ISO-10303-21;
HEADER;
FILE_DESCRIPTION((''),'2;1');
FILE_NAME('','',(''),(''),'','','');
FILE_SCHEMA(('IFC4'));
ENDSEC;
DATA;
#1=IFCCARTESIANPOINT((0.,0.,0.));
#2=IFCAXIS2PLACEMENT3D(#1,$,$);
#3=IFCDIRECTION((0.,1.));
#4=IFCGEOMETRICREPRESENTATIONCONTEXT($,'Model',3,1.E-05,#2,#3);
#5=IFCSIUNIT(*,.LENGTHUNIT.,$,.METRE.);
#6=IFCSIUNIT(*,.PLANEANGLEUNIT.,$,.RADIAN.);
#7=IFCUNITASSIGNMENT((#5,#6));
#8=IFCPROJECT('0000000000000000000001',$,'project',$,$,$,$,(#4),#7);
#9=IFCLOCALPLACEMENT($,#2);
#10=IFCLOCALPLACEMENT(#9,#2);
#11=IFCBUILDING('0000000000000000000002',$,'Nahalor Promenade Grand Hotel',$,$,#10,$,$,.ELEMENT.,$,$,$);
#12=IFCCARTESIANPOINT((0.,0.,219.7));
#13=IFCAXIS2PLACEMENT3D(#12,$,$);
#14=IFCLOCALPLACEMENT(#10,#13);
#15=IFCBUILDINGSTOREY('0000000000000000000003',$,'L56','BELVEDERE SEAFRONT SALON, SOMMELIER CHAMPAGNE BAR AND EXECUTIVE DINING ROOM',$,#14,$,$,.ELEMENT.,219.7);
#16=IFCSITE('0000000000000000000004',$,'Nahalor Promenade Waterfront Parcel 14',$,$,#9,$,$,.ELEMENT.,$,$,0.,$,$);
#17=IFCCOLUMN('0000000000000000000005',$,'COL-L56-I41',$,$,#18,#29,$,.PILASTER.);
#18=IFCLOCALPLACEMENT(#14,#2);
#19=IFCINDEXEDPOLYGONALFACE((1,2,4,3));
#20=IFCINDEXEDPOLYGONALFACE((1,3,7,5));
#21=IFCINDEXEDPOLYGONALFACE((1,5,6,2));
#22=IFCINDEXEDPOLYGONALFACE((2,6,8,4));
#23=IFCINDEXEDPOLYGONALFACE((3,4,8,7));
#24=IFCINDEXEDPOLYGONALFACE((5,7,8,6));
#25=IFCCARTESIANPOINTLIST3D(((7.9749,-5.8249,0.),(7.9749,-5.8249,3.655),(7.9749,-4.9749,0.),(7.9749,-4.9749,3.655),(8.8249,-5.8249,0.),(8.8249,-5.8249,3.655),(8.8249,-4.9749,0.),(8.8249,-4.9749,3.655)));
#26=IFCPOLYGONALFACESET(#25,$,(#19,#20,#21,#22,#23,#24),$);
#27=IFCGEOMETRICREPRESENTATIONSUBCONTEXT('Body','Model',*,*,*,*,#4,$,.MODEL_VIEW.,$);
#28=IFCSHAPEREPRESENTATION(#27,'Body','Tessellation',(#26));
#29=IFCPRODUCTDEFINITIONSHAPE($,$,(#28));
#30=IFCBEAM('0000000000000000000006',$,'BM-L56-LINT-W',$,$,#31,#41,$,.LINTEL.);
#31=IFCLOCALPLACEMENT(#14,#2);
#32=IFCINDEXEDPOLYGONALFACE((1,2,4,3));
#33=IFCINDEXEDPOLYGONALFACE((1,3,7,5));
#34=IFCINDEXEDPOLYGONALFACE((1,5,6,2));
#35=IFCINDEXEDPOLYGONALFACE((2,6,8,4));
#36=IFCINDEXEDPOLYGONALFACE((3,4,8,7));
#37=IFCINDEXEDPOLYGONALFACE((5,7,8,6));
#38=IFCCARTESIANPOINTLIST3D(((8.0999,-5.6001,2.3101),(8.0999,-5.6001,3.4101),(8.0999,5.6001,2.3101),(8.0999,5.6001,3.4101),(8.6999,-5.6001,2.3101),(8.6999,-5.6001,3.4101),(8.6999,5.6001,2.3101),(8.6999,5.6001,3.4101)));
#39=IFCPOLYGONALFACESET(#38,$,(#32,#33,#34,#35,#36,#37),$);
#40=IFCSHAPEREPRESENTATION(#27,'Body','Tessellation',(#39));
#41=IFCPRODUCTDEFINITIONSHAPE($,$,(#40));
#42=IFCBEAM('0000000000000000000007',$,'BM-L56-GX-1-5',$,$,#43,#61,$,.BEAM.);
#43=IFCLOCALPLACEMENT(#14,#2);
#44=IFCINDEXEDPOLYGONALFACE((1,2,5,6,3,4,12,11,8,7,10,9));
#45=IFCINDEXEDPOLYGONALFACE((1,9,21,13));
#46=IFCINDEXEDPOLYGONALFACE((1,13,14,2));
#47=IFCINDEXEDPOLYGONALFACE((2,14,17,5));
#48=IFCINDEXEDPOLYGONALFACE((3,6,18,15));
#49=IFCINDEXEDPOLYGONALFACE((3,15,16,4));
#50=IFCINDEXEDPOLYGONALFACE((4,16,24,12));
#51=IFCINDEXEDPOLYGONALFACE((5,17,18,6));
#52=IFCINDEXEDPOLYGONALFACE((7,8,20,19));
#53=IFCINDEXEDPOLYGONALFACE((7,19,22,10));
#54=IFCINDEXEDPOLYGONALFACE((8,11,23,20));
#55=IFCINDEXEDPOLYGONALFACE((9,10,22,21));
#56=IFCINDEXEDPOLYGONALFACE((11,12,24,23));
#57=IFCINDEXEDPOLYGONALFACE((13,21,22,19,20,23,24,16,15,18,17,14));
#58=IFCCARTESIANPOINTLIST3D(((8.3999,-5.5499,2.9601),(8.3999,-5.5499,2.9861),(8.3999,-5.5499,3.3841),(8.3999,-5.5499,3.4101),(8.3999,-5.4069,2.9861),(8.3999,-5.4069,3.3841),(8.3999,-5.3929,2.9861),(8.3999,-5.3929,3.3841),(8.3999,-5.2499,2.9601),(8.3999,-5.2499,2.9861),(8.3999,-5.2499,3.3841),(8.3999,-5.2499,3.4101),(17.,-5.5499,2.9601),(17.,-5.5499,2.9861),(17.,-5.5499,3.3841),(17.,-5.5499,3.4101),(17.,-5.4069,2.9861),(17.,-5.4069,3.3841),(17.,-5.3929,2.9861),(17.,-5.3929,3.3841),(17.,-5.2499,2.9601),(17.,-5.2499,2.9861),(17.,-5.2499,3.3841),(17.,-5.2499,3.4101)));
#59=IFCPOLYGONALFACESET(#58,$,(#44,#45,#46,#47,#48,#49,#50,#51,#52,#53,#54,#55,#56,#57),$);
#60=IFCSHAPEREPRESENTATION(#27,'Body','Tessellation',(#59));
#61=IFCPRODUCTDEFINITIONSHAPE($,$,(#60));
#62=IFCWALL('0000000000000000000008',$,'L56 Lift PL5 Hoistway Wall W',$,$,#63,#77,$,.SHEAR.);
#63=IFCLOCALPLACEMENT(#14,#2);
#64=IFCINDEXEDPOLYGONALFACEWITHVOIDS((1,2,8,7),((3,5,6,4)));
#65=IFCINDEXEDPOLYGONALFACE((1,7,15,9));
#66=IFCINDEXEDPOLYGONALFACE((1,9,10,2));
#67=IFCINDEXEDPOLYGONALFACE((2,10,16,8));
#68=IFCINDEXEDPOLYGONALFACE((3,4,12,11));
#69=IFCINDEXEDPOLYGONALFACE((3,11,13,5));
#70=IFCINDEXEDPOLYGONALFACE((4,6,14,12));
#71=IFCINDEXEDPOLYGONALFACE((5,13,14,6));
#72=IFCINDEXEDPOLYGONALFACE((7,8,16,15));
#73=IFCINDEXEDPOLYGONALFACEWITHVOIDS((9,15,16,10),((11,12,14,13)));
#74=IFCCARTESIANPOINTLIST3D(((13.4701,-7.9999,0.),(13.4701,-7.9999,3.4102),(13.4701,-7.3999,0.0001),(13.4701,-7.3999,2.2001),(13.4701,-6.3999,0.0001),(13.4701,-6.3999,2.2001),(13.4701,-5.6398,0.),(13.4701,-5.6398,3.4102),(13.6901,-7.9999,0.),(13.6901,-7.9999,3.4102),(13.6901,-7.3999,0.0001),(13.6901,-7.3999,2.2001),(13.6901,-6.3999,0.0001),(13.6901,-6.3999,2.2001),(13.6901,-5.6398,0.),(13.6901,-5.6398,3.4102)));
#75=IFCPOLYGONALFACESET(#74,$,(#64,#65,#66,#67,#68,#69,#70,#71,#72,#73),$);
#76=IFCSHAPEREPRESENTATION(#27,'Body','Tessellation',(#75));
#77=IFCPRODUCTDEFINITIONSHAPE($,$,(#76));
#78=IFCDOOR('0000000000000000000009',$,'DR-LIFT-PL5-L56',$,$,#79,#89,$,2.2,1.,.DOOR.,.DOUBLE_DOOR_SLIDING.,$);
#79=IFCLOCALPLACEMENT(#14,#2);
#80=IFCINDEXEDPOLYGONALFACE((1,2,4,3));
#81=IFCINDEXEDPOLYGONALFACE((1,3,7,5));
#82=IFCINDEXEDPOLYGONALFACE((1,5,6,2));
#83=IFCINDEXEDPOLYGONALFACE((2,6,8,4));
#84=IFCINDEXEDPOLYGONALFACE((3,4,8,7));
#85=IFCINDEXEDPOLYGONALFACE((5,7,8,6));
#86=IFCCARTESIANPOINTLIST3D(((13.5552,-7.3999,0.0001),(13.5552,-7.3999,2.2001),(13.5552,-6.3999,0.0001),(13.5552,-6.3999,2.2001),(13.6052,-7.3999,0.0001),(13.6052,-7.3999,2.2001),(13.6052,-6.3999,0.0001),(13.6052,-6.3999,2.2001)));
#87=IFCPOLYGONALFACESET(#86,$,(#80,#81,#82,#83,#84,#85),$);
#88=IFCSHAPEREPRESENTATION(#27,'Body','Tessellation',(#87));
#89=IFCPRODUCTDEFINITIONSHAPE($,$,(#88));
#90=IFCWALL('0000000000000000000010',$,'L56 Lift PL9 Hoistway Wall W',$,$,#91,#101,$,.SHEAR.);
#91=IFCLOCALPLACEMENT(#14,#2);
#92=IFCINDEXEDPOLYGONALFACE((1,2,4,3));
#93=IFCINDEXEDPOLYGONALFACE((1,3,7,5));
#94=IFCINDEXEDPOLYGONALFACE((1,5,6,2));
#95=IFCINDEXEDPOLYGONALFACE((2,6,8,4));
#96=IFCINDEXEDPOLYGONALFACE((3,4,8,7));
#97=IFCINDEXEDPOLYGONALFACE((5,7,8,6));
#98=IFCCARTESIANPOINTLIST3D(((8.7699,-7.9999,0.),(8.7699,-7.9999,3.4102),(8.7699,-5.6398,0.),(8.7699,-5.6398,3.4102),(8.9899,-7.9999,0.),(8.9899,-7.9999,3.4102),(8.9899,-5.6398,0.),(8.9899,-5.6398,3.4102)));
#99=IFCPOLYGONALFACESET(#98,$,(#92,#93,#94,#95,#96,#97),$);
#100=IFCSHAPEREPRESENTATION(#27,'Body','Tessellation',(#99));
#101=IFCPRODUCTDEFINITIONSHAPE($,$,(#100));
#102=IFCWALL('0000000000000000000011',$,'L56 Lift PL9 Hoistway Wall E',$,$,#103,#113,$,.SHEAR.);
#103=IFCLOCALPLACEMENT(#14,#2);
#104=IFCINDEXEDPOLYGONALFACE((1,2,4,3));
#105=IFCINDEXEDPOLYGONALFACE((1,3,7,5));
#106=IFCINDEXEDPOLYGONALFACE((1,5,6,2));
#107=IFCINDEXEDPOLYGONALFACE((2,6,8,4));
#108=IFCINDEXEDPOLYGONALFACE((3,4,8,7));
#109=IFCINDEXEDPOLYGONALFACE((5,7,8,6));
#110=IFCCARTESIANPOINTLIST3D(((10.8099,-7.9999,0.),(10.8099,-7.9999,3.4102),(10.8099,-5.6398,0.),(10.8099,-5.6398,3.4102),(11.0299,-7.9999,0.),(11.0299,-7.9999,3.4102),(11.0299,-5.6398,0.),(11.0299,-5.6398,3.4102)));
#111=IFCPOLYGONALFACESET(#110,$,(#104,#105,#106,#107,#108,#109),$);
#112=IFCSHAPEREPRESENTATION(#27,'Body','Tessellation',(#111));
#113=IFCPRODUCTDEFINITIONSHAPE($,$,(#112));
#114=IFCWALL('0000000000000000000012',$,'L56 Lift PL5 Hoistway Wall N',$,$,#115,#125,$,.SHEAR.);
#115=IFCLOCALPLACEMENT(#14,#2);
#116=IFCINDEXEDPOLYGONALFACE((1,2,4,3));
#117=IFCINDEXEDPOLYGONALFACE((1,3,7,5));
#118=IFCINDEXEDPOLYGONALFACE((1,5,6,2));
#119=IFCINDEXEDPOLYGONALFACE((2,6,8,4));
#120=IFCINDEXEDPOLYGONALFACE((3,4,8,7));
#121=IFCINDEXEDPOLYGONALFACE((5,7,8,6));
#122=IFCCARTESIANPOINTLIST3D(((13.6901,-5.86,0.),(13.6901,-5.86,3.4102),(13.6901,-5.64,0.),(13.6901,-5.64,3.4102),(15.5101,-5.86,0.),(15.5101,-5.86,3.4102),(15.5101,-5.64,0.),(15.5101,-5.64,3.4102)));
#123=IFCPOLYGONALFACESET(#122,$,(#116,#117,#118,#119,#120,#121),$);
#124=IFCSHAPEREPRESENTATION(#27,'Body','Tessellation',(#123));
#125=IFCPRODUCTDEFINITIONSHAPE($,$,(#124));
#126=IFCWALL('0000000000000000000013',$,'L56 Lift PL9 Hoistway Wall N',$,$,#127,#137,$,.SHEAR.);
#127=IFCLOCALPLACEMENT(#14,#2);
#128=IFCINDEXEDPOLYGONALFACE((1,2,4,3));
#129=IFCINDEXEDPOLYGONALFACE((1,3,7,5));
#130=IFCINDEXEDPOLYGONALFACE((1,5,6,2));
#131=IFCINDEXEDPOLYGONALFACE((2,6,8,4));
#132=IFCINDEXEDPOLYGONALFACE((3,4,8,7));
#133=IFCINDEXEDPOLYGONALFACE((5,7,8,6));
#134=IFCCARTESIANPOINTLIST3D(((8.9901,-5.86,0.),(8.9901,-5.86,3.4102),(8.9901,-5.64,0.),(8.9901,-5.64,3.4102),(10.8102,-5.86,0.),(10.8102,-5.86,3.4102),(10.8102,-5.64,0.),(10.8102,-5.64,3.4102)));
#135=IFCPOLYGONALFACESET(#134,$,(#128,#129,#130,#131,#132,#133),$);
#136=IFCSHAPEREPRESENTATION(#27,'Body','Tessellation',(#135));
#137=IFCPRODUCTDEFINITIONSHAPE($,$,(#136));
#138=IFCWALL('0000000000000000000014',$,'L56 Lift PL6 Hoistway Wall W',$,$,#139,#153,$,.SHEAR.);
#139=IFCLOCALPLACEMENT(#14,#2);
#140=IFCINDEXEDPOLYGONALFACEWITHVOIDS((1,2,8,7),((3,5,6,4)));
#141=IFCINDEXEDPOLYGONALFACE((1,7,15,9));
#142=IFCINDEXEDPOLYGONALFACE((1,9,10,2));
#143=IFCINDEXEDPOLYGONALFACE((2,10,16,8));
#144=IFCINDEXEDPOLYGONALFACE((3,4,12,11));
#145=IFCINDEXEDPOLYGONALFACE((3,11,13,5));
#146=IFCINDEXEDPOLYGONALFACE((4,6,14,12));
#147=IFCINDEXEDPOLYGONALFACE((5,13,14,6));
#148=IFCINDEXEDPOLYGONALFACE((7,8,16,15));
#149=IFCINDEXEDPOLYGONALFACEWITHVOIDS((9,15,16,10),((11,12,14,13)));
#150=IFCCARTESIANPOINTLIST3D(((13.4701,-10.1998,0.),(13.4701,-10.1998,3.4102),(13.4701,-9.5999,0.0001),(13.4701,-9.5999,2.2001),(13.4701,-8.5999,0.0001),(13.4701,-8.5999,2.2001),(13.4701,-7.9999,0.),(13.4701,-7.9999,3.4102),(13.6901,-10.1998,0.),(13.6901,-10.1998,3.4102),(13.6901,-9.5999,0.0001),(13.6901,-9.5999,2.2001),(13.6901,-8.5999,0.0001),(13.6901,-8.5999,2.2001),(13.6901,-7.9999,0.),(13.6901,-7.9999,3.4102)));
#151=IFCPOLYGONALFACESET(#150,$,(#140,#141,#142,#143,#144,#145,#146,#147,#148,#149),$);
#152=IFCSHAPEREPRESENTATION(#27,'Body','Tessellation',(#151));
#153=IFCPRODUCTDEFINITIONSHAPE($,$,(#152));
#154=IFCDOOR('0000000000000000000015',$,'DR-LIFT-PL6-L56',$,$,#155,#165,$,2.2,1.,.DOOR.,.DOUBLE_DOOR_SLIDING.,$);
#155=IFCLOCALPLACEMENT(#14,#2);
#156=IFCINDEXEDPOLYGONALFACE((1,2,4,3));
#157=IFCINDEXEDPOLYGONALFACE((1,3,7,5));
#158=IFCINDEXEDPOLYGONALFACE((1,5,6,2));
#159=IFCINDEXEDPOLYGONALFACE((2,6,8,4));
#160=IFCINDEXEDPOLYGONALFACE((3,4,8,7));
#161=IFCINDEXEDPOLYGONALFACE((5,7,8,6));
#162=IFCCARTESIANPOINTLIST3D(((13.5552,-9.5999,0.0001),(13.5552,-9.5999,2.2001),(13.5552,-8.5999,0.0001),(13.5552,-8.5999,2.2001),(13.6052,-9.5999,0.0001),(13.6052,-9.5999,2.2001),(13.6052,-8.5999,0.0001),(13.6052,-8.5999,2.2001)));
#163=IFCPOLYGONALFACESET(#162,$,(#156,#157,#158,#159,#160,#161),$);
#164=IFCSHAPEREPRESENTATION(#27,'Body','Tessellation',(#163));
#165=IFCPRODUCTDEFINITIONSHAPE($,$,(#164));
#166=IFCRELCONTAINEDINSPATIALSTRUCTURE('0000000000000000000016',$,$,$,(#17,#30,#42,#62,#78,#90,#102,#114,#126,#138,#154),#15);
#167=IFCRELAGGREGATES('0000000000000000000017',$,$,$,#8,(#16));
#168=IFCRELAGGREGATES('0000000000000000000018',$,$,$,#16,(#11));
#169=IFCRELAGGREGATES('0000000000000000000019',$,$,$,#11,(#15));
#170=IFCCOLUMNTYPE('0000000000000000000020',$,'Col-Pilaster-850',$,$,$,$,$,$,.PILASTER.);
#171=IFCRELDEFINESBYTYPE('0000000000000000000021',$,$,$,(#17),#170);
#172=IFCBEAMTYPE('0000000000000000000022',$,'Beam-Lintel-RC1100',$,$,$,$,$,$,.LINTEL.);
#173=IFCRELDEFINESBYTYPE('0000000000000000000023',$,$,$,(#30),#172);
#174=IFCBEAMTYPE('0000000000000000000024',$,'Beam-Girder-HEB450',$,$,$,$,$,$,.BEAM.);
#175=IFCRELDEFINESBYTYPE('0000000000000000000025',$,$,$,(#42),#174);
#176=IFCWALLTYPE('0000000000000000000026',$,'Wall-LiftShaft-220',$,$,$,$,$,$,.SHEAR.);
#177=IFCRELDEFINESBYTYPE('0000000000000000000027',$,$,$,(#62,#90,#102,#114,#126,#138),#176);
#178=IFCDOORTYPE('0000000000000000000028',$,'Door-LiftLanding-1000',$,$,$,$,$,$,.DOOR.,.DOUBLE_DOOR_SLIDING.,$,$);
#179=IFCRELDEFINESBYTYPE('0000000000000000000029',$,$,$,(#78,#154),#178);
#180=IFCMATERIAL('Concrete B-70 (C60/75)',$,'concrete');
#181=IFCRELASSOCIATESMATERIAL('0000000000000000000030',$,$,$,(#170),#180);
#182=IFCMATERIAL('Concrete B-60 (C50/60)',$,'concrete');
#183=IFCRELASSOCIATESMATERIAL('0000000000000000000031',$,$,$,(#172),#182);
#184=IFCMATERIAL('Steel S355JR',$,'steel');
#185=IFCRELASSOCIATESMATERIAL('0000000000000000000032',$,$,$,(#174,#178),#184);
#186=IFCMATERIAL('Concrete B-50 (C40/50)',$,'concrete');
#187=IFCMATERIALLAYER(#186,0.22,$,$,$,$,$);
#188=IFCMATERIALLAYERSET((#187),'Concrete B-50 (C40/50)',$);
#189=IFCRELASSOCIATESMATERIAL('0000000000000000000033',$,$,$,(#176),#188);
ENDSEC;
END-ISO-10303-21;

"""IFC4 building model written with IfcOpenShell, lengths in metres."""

from ifc_helpers import new_model, si_unit, direction, frame, frame_2d, origin, origin_2d, place, context, subcontext, project, spatial, rectangle, i_section, extrude, source, transform, mapped, material, layer, layer_set, material_profile, profile_set, type_object, element, fill, save


model = new_model("IFC4")

# Units and contexts
model_context = context("Model", 3, precision=1e-05, world=origin(), true_north=direction((0.0, 1.0)))
body_context = subcontext(model_context, "Body", "Model", "MODEL_VIEW")
ifc_project = project(units=[si_unit("LENGTHUNIT", "METRE"), si_unit("PLANEANGLEUNIT", "RADIAN")], contexts=[model_context])

# Site, building, storey
site_placement = place(None, origin())
site = spatial("IfcSite", under=ifc_project, at=site_placement, Name="Nahalor Promenade Waterfront Parcel 14", CompositionType="ELEMENT", RefElevation=0.0)
building_placement = place(site_placement, origin())
building = spatial("IfcBuilding", under=site, at=building_placement, Name="Nahalor Promenade Grand Hotel", CompositionType="ELEMENT")
storey_placement = place(building_placement, frame((0.0, 0.0, 219.7)))
storey = spatial("IfcBuildingStorey", under=building, at=storey_placement, Name="L56", Description="BELVEDERE SEAFRONT SALON, SOMMELIER CHAMPAGNE BAR AND EXECUTIVE DINING ROOM", CompositionType="ELEMENT", Elevation=219.7)

# Column
ifc_material_1 = material(Name="Concrete B-70 (C60/75)", Category="concrete")
ifc_material_profile_1 = material_profile(ifc_material_1, rectangle(XDim=0.85, YDim=0.85, at=origin_2d()), Name="RC 850x850")
ifc_profile_set_1 = profile_set([ifc_material_profile_1], Name="Concrete B-70 (C60/75)")
column_type = type_object("IfcColumnType", Name="Col-Pilaster-850", PredefinedType="PILASTER", material=ifc_profile_set_1)
shared_shape_1 = source(origin(), body_context, "Body", "SweptSolid", [
    extrude(rectangle(XDim=0.85, YDim=0.85, at=origin_2d()), origin(), (0.0, 0.0, 1.0), 3.655),
])
column_placement = place(storey_placement, frame((8.3999, -5.3999, 0.0), z_axis=(0.0, 0.0, 1.0), x_axis=(1.0, 0.0, 0.0)))
element("IfcColumn", 1, at=column_placement, inside=storey, type_object=column_type, Name="COL-L56-I41", PredefinedType="PILASTER", context=body_context, shape_type="MappedRepresentation", body=[
    mapped(shared_shape_1, transform((0.0, 0.0, 0.0), scale=1.0)),
])

# Beams
ifc_material_2 = material(Name="Concrete B-60 (C50/60)", Category="concrete")
ifc_material_profile_2 = material_profile(ifc_material_2, rectangle(XDim=0.6, YDim=1.1, at=origin_2d()), Name="RC 600x1100")
ifc_profile_set_2 = profile_set([ifc_material_profile_2], Name="Concrete B-60 (C50/60)")
beam_type_1 = type_object("IfcBeamType", Name="Beam-Lintel-RC1100", PredefinedType="LINTEL", material=ifc_profile_set_2)
shared_shape_2 = source(origin(), body_context, "Body", "SweptSolid", [
    extrude(rectangle(XDim=0.6, YDim=1.1, at=origin_2d()), origin(), (0.0, 0.0, 1.0), 11.2002),
])
beam_1_placement = place(storey_placement, frame((8.3999, -5.6001, 2.8601), z_axis=(0.0, 1.0, 0.0), x_axis=(-1.0, 0.0, 0.0)))
element("IfcBeam", 2, at=beam_1_placement, inside=storey, type_object=beam_type_1, Name="BM-L56-LINT-W", PredefinedType="LINTEL", context=body_context, shape_type="MappedRepresentation", body=[
    mapped(shared_shape_2, transform((0.0, 0.0, 0.0), scale=1.0)),
])
ifc_material_3 = material(Name="Steel S355JR", Category="steel")
ifc_material_profile_3 = material_profile(ifc_material_3, i_section(OverallWidth=0.3, OverallDepth=0.45, WebThickness=0.014, FlangeThickness=0.026, at=origin_2d()), Name="HEB 450")
ifc_profile_set_3 = profile_set([ifc_material_profile_3], Name="Steel S355JR")
beam_type_2 = type_object("IfcBeamType", Name="Beam-Girder-HEB450", PredefinedType="BEAM", material=ifc_profile_set_3)
shared_shape_3 = source(origin(), body_context, "Body", "SweptSolid", [
    extrude(i_section(OverallWidth=0.3, OverallDepth=0.45, WebThickness=0.014, FlangeThickness=0.026, at=origin_2d()), origin(), (0.0, 0.0, 1.0), 8.6001),
])
beam_2_placement = place(storey_placement, frame((8.3999, -5.3999, 3.1851), z_axis=(1.0, 0.0, 0.0), x_axis=(0.0, 1.0, 0.0)))
element("IfcBeam", 3, at=beam_2_placement, inside=storey, type_object=beam_type_2, Name="BM-L56-GX-1-5", PredefinedType="BEAM", context=body_context, shape_type="MappedRepresentation", body=[
    mapped(shared_shape_3, transform((0.0, 0.0, 0.0), scale=1.0)),
])

# Wall, opening, door
ifc_material_4 = material(Name="Concrete B-50 (C40/50)", Category="concrete")
ifc_layer_1 = layer(ifc_material_4, 0.22)
ifc_layer_set_1 = layer_set([ifc_layer_1], Name="Concrete B-50 (C40/50)")
wall_type_1 = type_object("IfcWallType", Name="Wall-LiftShaft-220", PredefinedType="SHEAR", material=ifc_layer_set_1)
shared_shape_4 = source(origin(), body_context, "Body", "SweptSolid", [
    extrude(rectangle(XDim=2.3601, YDim=0.22, at=frame_2d((1.1802, 0.0))), origin(), (0.0, 0.0, 1.0), 3.4102),
])
wall_1_placement = place(storey_placement, frame((13.5801, -8.0, 0.0), z_axis=(0.0, 0.0, 1.0), x_axis=(0.0, 1.0, 0.0)))
wall_1 = element("IfcWall", 4, at=wall_1_placement, inside=storey, type_object=wall_type_1, Name="L56 Lift PL5 Hoistway Wall W", PredefinedType="SHEAR", context=body_context, shape_type="MappedRepresentation", body=[
    mapped(shared_shape_4, transform((0.0, 0.0, 0.0), scale=1.0)),
])
opening_1_placement = place(wall_1_placement, frame((0.6001, 0.0, 0.0)))
opening_1 = element("IfcOpeningElement", 5, at=opening_1_placement, cuts=wall_1, PredefinedType="OPENING", context=body_context, shape_type="SweptSolid", body=[
    extrude(rectangle(XDim=1.0, YDim=2.2, at=frame_2d((0.5, 1.1001))), frame((0.0, 0.1199, 0.0), z_axis=(0.0, -1.0, 0.0), x_axis=(1.0, 0.0, 0.0)), (0.0, 0.0, 1.0), 0.24),
])
door_type = type_object("IfcDoorType", Name="Door-LiftLanding-1000", OperationType="DOUBLE_DOOR_SLIDING", PredefinedType="DOOR", material=ifc_material_3)
shared_shape_5 = source(origin(), body_context, "Body", "SweptSolid", [
    extrude(rectangle(XDim=1.0, YDim=2.2, at=frame_2d((0.5, 1.1001))), frame((0.0, 0.0249, 0.0), z_axis=(0.0, -1.0, 0.0), x_axis=(1.0, 0.0, 0.0)), (0.0, 0.0, 1.0), 0.05),
])
door_1_placement = place(opening_1_placement, origin())
door_1 = element("IfcDoor", 6, at=door_1_placement, inside=storey, type_object=door_type, Name="DR-LIFT-PL5-L56", OperationType="DOUBLE_DOOR_SLIDING", OverallHeight=2.2, OverallWidth=1.0, PredefinedType="DOOR", context=body_context, shape_type="MappedRepresentation", body=[
    mapped(shared_shape_5, transform((0.0, 0.0, 0.0), scale=1.0)),
])
fill(opening_1, door_1)

# Walls
for number, where, z_axis, x_axis, name in (
    (7, (8.8799, -8.0, 0.0), (0.0, 0.0, 1.0), (0.0, 1.0, 0.0), "L56 Lift PL9 Hoistway Wall W"),
    (8, (10.9199, -8.0, 0.0), (0.0, 0.0, 1.0), (0.0, 1.0, 0.0), "L56 Lift PL9 Hoistway Wall E"),
):
    element("IfcWall", number, at=place(storey_placement, frame(where, z_axis=z_axis, x_axis=x_axis)), inside=storey, type_object=wall_type_1, Name=name, PredefinedType="SHEAR", context=body_context, shape_type="MappedRepresentation", body=[
        mapped(shared_shape_4, transform((0.0, 0.0, 0.0), scale=1.0)),
    ])
shared_shape_6 = source(origin(), body_context, "Body", "SweptSolid", [
    extrude(rectangle(XDim=1.8201, YDim=0.22, at=frame_2d((0.9102, 0.0))), origin(), (0.0, 0.0, 1.0), 3.4102),
])
for number, where, z_axis, x_axis, name in (
    (9, (13.6899, -5.75, 0.0), (0.0, 0.0, 1.0), (1.0, 0.0, 0.0), "L56 Lift PL5 Hoistway Wall N"),
    (10, (8.99, -5.75, 0.0), (0.0, 0.0, 1.0), (1.0, 0.0, 0.0), "L56 Lift PL9 Hoistway Wall N"),
):
    element("IfcWall", number, at=place(storey_placement, frame(where, z_axis=z_axis, x_axis=x_axis)), inside=storey, type_object=wall_type_1, Name=name, PredefinedType="SHEAR", context=body_context, shape_type="MappedRepresentation", body=[
        mapped(shared_shape_6, transform((0.0, 0.0, 0.0), scale=1.0)),
    ])

# Wall, opening, door
shared_shape_7 = source(origin(), body_context, "Body", "SweptSolid", [
    extrude(rectangle(XDim=2.2, YDim=0.22, at=frame_2d((1.1001, 0.0))), origin(), (0.0, 0.0, 1.0), 3.4102),
])
wall_2_placement = place(storey_placement, frame((13.5801, -10.2, 0.0), z_axis=(0.0, 0.0, 1.0), x_axis=(0.0, 1.0, 0.0)))
wall_2 = element("IfcWall", 11, at=wall_2_placement, inside=storey, type_object=wall_type_1, Name="L56 Lift PL6 Hoistway Wall W", PredefinedType="SHEAR", context=body_context, shape_type="MappedRepresentation", body=[
    mapped(shared_shape_7, transform((0.0, 0.0, 0.0), scale=1.0)),
])
opening_2_placement = place(wall_2_placement, frame((0.6001, 0.0, 0.0)))
opening_2 = element("IfcOpeningElement", 12, at=opening_2_placement, cuts=wall_2, PredefinedType="OPENING", context=body_context, shape_type="SweptSolid", body=[
    extrude(rectangle(XDim=1.0, YDim=2.2, at=frame_2d((0.5, 1.1001))), frame((0.0, 0.1199, 0.0), z_axis=(0.0, -1.0, 0.0), x_axis=(1.0, 0.0, 0.0)), (0.0, 0.0, 1.0), 0.24),
])
door_2_placement = place(opening_2_placement, origin())
door_2 = element("IfcDoor", 13, at=door_2_placement, inside=storey, type_object=door_type, Name="DR-LIFT-PL6-L56", OperationType="DOUBLE_DOOR_SLIDING", OverallHeight=2.2, OverallWidth=1.0, PredefinedType="DOOR", context=body_context, shape_type="MappedRepresentation", body=[
    mapped(shared_shape_5, transform((0.0, 0.0, 0.0), scale=1.0)),
])
fill(opening_2, door_2)

save(model, "model.ifc")
